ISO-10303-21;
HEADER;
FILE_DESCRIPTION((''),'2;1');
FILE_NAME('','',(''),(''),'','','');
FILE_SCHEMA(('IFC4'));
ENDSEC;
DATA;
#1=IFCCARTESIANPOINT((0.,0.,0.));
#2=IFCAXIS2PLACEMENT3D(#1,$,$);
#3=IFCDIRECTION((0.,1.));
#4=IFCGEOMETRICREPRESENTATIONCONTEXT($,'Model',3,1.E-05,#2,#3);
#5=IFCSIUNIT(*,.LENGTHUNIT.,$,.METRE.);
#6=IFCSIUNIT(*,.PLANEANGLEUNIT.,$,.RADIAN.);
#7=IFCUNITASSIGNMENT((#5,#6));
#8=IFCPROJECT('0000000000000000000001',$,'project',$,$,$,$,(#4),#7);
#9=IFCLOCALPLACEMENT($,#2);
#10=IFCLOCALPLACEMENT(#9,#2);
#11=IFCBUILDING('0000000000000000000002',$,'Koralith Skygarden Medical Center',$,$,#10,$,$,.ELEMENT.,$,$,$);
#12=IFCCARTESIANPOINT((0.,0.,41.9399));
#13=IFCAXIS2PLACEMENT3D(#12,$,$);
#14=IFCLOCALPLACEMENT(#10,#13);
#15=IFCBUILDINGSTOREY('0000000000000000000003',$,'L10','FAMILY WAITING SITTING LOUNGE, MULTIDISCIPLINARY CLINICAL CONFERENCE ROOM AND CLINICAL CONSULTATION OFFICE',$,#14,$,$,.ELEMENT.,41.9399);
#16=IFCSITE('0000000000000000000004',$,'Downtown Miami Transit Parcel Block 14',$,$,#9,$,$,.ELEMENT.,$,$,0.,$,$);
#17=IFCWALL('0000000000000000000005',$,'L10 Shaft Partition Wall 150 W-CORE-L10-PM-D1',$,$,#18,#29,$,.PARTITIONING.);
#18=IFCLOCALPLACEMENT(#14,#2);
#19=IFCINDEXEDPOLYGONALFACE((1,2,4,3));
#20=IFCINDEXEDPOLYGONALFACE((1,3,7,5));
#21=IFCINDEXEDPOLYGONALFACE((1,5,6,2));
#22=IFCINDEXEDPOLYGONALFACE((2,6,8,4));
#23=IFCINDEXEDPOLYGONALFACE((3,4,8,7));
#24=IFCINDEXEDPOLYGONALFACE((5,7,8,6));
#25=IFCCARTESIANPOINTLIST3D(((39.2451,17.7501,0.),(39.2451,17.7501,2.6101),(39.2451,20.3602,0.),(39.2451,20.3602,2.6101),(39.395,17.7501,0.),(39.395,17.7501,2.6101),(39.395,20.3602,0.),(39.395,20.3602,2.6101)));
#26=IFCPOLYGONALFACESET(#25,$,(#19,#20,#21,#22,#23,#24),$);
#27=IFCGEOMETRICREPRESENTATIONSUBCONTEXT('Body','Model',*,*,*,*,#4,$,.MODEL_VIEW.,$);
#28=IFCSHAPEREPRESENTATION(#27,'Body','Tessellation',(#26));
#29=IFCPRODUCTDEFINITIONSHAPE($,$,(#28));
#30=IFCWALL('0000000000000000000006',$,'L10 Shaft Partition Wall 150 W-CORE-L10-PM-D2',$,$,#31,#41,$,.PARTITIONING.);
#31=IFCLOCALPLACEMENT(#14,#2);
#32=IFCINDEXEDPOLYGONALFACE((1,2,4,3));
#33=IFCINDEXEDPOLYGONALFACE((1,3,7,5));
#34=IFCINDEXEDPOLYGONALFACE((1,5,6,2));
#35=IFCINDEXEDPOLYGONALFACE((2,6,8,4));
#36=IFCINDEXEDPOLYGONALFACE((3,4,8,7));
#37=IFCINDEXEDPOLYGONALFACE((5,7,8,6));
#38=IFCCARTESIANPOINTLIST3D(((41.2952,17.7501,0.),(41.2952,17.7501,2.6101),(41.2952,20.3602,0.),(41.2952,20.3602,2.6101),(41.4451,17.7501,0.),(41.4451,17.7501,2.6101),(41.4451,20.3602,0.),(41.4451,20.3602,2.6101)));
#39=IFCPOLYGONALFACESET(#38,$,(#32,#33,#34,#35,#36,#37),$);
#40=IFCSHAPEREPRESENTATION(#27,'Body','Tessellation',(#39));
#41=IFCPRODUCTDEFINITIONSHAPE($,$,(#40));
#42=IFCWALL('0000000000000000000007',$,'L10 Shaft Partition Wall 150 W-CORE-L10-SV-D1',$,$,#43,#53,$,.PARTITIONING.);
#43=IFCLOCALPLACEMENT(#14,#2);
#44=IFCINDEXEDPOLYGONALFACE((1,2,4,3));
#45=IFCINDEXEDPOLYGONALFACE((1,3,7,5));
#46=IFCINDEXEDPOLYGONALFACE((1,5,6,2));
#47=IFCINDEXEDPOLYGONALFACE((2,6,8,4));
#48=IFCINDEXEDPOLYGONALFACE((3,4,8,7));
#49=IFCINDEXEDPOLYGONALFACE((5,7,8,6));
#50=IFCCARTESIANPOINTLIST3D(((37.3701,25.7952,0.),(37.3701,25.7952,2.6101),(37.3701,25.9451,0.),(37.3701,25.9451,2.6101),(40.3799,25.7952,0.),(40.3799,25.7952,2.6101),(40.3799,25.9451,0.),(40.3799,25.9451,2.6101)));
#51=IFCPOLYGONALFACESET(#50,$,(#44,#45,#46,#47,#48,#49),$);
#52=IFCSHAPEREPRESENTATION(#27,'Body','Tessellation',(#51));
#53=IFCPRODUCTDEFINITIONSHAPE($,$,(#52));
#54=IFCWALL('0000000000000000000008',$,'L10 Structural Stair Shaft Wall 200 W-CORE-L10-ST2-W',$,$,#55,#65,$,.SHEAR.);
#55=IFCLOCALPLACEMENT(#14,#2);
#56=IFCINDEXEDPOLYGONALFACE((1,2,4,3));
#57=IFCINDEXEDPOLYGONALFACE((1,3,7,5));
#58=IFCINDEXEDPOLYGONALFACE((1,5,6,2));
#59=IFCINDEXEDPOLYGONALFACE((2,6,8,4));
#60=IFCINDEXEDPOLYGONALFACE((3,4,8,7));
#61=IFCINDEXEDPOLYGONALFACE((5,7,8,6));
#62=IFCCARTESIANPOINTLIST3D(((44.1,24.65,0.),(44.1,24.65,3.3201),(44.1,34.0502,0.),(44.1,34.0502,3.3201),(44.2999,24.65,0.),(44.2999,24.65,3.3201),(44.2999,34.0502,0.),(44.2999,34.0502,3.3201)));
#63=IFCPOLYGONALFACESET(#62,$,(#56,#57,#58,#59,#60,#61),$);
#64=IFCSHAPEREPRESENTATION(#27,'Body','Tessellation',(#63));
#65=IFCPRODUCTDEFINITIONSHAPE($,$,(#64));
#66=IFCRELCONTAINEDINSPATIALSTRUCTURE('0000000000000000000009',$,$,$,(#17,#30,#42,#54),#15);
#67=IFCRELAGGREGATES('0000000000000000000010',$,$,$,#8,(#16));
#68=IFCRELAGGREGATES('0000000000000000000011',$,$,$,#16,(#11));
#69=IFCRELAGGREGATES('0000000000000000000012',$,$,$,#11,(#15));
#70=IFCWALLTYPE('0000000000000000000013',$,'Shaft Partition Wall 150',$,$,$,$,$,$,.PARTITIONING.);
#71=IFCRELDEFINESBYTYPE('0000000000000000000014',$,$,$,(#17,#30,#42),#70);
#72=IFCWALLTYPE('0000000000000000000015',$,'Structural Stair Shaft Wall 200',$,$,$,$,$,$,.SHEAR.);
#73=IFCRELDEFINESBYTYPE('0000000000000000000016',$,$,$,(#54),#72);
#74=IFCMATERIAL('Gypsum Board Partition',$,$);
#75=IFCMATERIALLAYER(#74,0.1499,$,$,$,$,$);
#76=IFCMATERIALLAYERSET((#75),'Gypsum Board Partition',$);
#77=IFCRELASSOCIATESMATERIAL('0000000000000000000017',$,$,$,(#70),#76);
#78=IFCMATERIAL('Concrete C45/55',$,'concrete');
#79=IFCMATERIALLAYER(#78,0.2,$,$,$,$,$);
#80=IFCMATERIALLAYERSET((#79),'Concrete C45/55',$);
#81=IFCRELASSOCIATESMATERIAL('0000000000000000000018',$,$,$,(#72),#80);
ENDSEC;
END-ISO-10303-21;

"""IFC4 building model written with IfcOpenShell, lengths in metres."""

from ifc_helpers import new_model, si_unit, direction, frame, frame_2d, origin, place, context, subcontext, project, spatial, rectangle, extrude, material, layer, layer_set, type_object, element, save


model = new_model("IFC4")

# Units and contexts
model_context = context("Model", 3, precision=1e-05, world=origin(), true_north=direction((0.0, 1.0)))
body_context = subcontext(model_context, "Body", "Model", "MODEL_VIEW")
ifc_project = project(units=[si_unit("LENGTHUNIT", "METRE"), si_unit("PLANEANGLEUNIT", "RADIAN")], contexts=[model_context])

# Site, building, storey
site_placement = place(None, origin())
site = spatial("IfcSite", under=ifc_project, at=site_placement, Name="Downtown Miami Transit Parcel Block 14", CompositionType="ELEMENT", RefElevation=0.0)
building_placement = place(site_placement, origin())
building = spatial("IfcBuilding", under=site, at=building_placement, Name="Koralith Skygarden Medical Center", CompositionType="ELEMENT")
storey_placement = place(building_placement, frame((0.0, 0.0, 41.9399)))
storey = spatial("IfcBuildingStorey", under=building, at=storey_placement, Name="L10", Description="FAMILY WAITING SITTING LOUNGE, MULTIDISCIPLINARY CLINICAL CONFERENCE ROOM AND CLINICAL CONSULTATION OFFICE", CompositionType="ELEMENT", Elevation=41.9399)

# Shared definitions
ifc_material_1 = material(Name="Concrete C45/55", Category="concrete")

# Shared definitions
ifc_material_2 = material(Name="Gypsum Board Partition")

# Walls
ifc_layer_1 = layer(ifc_material_2, 0.1499)
ifc_layer_set_1 = layer_set([ifc_layer_1], Name="Gypsum Board Partition")
wall_type_1 = type_object("IfcWallType", Name="Shaft Partition Wall 150", PredefinedType="PARTITIONING", material=ifc_layer_set_1)
for number, where, z_axis, x_axis, name in (
    (1, (39.3201, 17.75, 0.0), (0.0, 0.0, 1.0), (0.0, 1.0, 0.0), "L10 Shaft Partition Wall 150 W-CORE-L10-PM-D1"),
    (2, (41.3701, 17.75, 0.0), (0.0, 0.0, 1.0), (0.0, 1.0, 0.0), "L10 Shaft Partition Wall 150 W-CORE-L10-PM-D2"),
):
    element("IfcWall", number, at=place(storey_placement, frame(where, z_axis=z_axis, x_axis=x_axis)), inside=storey, type_object=wall_type_1, Name=name, PredefinedType="PARTITIONING", context=body_context, shape_type="SweptSolid", body=[
        extrude(rectangle(XDim=2.6101, YDim=0.1499, at=frame_2d((1.3052, 0.0))), origin(), (0.0, 0.0, 1.0), 2.6101),
    ])
wall_1_placement = place(storey_placement, frame((37.3701, 25.8701, 0.0), z_axis=(0.0, 0.0, 1.0), x_axis=(1.0, 0.0, 0.0)))
element("IfcWall", 3, at=wall_1_placement, inside=storey, type_object=wall_type_1, Name="L10 Shaft Partition Wall 150 W-CORE-L10-SV-D1", PredefinedType="PARTITIONING", context=body_context, shape_type="SweptSolid", body=[
    extrude(rectangle(XDim=3.0098, YDim=0.1499, at=frame_2d((1.5049, 0.0))), origin(), (0.0, 0.0, 1.0), 2.6101),
])
ifc_layer_2 = layer(ifc_material_1, 0.2)
ifc_layer_set_2 = layer_set([ifc_layer_2], Name="Concrete C45/55")
wall_type_2 = type_object("IfcWallType", Name="Structural Stair Shaft Wall 200", PredefinedType="SHEAR", material=ifc_layer_set_2)
wall_2_placement = place(storey_placement, frame((44.2, 24.6499, 0.0), z_axis=(0.0, 0.0, 1.0), x_axis=(0.0, 1.0, 0.0)))
element("IfcWall", 4, at=wall_2_placement, inside=storey, type_object=wall_type_2, Name="L10 Structural Stair Shaft Wall 200 W-CORE-L10-ST2-W", PredefinedType="SHEAR", context=body_context, shape_type="SweptSolid", body=[
    extrude(rectangle(XDim=9.4001, YDim=0.2, at=frame_2d((4.7002, 0.0))), origin(), (0.0, 0.0, 1.0), 3.3201),
])

save(model, "model.ifc")
